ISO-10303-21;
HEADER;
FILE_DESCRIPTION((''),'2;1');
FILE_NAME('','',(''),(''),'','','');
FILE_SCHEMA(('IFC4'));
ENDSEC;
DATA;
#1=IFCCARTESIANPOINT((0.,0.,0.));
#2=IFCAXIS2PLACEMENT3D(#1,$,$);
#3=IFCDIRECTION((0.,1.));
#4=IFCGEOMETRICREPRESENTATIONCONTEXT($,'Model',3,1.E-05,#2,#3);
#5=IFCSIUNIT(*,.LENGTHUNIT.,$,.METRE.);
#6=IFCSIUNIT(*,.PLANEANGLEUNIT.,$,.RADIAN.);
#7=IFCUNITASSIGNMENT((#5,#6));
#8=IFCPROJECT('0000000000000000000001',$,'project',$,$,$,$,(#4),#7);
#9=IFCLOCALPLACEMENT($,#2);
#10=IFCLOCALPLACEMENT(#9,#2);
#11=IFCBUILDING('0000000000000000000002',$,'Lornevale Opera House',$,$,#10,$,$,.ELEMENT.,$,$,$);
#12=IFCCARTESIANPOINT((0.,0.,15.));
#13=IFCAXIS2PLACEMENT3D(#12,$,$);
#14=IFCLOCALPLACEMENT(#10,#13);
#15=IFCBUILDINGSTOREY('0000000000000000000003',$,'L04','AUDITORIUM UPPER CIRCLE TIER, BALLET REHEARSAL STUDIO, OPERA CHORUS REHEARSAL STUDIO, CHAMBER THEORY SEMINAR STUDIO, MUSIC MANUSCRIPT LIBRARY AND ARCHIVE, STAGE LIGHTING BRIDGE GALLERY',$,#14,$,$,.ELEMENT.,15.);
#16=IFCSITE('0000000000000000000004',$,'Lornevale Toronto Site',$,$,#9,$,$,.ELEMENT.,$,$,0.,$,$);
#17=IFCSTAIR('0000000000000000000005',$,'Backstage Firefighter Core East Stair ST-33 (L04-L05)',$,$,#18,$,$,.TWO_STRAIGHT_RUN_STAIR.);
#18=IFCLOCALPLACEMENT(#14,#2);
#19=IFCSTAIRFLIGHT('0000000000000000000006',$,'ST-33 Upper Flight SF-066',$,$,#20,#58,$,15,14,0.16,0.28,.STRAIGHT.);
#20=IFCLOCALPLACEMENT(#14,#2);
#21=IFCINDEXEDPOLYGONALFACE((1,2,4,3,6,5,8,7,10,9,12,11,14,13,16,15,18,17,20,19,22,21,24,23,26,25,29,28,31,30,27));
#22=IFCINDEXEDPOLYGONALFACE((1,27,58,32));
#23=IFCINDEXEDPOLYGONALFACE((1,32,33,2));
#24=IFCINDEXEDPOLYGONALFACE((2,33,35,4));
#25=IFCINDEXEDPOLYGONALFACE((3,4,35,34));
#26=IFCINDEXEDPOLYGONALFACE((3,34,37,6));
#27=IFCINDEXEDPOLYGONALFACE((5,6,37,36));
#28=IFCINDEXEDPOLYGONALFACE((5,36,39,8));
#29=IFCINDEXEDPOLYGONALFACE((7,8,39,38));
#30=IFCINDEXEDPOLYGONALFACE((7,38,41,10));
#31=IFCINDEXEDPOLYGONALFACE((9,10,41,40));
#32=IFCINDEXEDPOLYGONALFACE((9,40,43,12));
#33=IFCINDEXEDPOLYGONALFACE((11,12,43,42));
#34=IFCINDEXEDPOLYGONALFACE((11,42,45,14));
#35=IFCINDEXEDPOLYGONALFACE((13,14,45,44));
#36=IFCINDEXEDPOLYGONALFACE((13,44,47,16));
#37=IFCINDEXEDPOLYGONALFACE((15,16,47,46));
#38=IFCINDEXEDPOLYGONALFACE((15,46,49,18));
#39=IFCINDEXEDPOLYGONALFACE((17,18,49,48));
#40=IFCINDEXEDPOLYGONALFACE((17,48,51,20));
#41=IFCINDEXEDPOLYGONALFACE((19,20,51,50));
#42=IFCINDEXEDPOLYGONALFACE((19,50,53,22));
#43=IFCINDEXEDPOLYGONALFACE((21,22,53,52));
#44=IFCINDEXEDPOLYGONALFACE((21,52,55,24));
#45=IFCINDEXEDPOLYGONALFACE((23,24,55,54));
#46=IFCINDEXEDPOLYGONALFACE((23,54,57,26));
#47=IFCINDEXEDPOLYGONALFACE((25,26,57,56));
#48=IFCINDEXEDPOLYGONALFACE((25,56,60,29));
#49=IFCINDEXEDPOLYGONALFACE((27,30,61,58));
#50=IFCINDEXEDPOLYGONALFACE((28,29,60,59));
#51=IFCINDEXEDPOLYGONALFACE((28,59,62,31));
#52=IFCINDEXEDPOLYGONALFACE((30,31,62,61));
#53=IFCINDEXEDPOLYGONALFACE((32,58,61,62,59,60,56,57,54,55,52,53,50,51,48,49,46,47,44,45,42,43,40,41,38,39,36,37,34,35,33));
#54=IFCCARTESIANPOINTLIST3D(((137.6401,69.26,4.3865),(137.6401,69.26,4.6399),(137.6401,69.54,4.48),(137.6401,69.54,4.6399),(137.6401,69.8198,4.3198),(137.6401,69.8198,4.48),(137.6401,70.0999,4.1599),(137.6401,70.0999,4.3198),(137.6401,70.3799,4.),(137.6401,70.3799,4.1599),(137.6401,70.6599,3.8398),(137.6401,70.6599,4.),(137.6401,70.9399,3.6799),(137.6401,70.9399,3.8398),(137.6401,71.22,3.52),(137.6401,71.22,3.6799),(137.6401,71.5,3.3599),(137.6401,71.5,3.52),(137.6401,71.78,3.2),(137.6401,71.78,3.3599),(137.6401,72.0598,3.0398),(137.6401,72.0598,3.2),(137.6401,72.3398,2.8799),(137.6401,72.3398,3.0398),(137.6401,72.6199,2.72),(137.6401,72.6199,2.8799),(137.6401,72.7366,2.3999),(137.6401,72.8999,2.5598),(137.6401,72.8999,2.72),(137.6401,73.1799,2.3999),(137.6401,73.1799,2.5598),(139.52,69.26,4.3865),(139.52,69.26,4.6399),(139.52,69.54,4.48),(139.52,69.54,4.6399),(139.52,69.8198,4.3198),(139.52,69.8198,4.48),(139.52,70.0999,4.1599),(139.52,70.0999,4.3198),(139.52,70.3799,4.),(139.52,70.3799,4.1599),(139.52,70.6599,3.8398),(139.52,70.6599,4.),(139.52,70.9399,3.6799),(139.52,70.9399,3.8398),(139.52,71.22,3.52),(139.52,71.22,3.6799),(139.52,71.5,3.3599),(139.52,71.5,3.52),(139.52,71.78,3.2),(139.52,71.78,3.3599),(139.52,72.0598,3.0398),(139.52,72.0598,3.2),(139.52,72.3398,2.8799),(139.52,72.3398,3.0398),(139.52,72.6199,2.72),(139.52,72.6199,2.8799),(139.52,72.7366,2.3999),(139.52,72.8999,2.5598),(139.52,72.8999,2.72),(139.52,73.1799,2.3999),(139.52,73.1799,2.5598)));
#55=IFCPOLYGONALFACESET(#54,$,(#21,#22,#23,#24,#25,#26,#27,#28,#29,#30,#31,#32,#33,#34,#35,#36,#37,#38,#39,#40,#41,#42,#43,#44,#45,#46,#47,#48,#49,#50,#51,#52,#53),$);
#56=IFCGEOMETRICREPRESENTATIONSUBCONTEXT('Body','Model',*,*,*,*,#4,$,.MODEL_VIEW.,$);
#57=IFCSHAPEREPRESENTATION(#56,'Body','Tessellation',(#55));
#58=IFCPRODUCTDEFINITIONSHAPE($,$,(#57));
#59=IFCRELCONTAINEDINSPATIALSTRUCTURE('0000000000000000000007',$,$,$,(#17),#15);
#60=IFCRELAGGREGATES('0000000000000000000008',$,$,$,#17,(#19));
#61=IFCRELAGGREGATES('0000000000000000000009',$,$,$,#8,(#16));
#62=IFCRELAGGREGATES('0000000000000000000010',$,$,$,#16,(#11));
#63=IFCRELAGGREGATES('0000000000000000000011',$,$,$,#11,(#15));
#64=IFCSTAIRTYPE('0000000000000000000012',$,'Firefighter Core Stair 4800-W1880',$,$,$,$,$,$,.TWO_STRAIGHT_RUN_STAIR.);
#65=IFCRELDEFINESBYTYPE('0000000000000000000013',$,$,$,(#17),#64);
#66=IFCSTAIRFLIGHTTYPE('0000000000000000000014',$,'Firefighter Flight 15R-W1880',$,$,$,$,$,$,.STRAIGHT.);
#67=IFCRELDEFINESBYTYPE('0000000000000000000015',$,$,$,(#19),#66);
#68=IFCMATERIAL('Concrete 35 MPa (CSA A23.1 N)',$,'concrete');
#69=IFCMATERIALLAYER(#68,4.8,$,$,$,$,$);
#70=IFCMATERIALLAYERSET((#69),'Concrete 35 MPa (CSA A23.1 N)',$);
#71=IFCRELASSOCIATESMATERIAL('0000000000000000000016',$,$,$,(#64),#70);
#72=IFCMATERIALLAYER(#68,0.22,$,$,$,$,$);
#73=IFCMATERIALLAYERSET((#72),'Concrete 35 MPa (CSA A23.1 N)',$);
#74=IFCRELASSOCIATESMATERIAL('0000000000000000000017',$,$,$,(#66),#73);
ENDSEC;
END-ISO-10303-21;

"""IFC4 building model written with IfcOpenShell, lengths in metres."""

from ifc_helpers import new_model, si_unit, direction, frame, origin, place, context, subcontext, project, spatial, polyline, outline, extrude, material, layer, layer_set, type_object, element, aggregate, save


model = new_model("IFC4")

# Units and contexts
model_context = context("Model", 3, precision=1e-05, world=origin(), true_north=direction((0.0, 1.0)))
body_context = subcontext(model_context, "Body", "Model", "MODEL_VIEW")
ifc_project = project(units=[si_unit("LENGTHUNIT", "METRE"), si_unit("PLANEANGLEUNIT", "RADIAN")], contexts=[model_context])

# Site, building, storey
site_placement = place(None, origin())
site = spatial("IfcSite", under=ifc_project, at=site_placement, Name="Lornevale Toronto Site", CompositionType="ELEMENT", RefElevation=0.0)
building_placement = place(site_placement, origin())
building = spatial("IfcBuilding", under=site, at=building_placement, Name="Lornevale Opera House", CompositionType="ELEMENT")
storey_placement = place(building_placement, frame((0.0, 0.0, 15.0)))
storey = spatial("IfcBuildingStorey", under=building, at=storey_placement, Name="L04", Description="AUDITORIUM UPPER CIRCLE TIER, BALLET REHEARSAL STUDIO, OPERA CHORUS REHEARSAL STUDIO, CHAMBER THEORY SEMINAR STUDIO, MUSIC MANUSCRIPT LIBRARY AND ARCHIVE, STAGE LIGHTING BRIDGE GALLERY", CompositionType="ELEMENT", Elevation=15.0)

# Stair, stair flight
ifc_material_1 = material(Name="Concrete 35 MPa (CSA A23.1 N)", Category="concrete")
ifc_layer_1 = layer(ifc_material_1, 4.8)
ifc_layer_set_1 = layer_set([ifc_layer_1], Name="Concrete 35 MPa (CSA A23.1 N)")
stair_type = type_object("IfcStairType", Name="Firefighter Core Stair 4800-W1880", PredefinedType="TWO_STRAIGHT_RUN_STAIR", material=ifc_layer_set_1)
stair_placement = place(storey_placement, origin())
stair = element("IfcStair", 1, at=stair_placement, inside=storey, type_object=stair_type, Name="Backstage Firefighter Core East Stair ST-33 (L04-L05)", PredefinedType="TWO_STRAIGHT_RUN_STAIR")
ifc_layer_2 = layer(ifc_material_1, 0.22)
ifc_layer_set_2 = layer_set([ifc_layer_2], Name="Concrete 35 MPa (CSA A23.1 N)")
stair_flight_type = type_object("IfcStairFlightType", Name="Firefighter Flight 15R-W1880", PredefinedType="STRAIGHT", material=ifc_layer_set_2)
stair_flight_1_placement = place(storey_placement, frame((138.5801, 73.1799, 2.3999), z_axis=(0.0, 0.0, 1.0), x_axis=(0.0, -1.0, 0.0)))
stair_flight_1 = element("IfcStairFlight", 2, at=stair_flight_1_placement, type_object=stair_flight_type, Name="ST-33 Upper Flight SF-066", NumberOfRisers=15, NumberOfTreads=14, PredefinedType="STRAIGHT", RiserHeight=0.16, TreadLength=0.28, context=body_context, shape_type="SweptSolid", body=[
    extrude(outline(polyline([(0.0, 0.0), (0.0, 0.1599), (0.28, 0.1599), (0.28, 0.3201), (0.5601, 0.3201), (0.5601, 0.48), (0.8401, 0.48), (0.8401, 0.6399), (1.1201, 0.6399), (1.1201, 0.8), (1.3999, 0.8), (1.3999, 0.96), (1.6799, 0.96), (1.6799, 1.1201), (1.96, 1.1201), (1.96, 1.28), (2.24, 1.28), (2.24, 1.4399), (2.52, 1.4399), (2.52, 1.6001), (2.8, 1.6001), (2.8, 1.76), (3.0801, 1.76), (3.0801, 1.9199), (3.3601, 1.9199), (3.3601, 2.0801), (3.6399, 2.0801), (3.6399, 2.24), (3.9199, 2.24), (3.9199, 1.9866), (0.4434, 0.0), (0.0, 0.0)])), frame((0.0, 0.9399, 0.0), z_axis=(0.0, -1.0, 0.0), x_axis=(1.0, 0.0, 0.0)), (0.0, 0.0, 1.0), 1.8799),
])
aggregate(stair, [stair_flight_1])

save(model, "model.ifc")
